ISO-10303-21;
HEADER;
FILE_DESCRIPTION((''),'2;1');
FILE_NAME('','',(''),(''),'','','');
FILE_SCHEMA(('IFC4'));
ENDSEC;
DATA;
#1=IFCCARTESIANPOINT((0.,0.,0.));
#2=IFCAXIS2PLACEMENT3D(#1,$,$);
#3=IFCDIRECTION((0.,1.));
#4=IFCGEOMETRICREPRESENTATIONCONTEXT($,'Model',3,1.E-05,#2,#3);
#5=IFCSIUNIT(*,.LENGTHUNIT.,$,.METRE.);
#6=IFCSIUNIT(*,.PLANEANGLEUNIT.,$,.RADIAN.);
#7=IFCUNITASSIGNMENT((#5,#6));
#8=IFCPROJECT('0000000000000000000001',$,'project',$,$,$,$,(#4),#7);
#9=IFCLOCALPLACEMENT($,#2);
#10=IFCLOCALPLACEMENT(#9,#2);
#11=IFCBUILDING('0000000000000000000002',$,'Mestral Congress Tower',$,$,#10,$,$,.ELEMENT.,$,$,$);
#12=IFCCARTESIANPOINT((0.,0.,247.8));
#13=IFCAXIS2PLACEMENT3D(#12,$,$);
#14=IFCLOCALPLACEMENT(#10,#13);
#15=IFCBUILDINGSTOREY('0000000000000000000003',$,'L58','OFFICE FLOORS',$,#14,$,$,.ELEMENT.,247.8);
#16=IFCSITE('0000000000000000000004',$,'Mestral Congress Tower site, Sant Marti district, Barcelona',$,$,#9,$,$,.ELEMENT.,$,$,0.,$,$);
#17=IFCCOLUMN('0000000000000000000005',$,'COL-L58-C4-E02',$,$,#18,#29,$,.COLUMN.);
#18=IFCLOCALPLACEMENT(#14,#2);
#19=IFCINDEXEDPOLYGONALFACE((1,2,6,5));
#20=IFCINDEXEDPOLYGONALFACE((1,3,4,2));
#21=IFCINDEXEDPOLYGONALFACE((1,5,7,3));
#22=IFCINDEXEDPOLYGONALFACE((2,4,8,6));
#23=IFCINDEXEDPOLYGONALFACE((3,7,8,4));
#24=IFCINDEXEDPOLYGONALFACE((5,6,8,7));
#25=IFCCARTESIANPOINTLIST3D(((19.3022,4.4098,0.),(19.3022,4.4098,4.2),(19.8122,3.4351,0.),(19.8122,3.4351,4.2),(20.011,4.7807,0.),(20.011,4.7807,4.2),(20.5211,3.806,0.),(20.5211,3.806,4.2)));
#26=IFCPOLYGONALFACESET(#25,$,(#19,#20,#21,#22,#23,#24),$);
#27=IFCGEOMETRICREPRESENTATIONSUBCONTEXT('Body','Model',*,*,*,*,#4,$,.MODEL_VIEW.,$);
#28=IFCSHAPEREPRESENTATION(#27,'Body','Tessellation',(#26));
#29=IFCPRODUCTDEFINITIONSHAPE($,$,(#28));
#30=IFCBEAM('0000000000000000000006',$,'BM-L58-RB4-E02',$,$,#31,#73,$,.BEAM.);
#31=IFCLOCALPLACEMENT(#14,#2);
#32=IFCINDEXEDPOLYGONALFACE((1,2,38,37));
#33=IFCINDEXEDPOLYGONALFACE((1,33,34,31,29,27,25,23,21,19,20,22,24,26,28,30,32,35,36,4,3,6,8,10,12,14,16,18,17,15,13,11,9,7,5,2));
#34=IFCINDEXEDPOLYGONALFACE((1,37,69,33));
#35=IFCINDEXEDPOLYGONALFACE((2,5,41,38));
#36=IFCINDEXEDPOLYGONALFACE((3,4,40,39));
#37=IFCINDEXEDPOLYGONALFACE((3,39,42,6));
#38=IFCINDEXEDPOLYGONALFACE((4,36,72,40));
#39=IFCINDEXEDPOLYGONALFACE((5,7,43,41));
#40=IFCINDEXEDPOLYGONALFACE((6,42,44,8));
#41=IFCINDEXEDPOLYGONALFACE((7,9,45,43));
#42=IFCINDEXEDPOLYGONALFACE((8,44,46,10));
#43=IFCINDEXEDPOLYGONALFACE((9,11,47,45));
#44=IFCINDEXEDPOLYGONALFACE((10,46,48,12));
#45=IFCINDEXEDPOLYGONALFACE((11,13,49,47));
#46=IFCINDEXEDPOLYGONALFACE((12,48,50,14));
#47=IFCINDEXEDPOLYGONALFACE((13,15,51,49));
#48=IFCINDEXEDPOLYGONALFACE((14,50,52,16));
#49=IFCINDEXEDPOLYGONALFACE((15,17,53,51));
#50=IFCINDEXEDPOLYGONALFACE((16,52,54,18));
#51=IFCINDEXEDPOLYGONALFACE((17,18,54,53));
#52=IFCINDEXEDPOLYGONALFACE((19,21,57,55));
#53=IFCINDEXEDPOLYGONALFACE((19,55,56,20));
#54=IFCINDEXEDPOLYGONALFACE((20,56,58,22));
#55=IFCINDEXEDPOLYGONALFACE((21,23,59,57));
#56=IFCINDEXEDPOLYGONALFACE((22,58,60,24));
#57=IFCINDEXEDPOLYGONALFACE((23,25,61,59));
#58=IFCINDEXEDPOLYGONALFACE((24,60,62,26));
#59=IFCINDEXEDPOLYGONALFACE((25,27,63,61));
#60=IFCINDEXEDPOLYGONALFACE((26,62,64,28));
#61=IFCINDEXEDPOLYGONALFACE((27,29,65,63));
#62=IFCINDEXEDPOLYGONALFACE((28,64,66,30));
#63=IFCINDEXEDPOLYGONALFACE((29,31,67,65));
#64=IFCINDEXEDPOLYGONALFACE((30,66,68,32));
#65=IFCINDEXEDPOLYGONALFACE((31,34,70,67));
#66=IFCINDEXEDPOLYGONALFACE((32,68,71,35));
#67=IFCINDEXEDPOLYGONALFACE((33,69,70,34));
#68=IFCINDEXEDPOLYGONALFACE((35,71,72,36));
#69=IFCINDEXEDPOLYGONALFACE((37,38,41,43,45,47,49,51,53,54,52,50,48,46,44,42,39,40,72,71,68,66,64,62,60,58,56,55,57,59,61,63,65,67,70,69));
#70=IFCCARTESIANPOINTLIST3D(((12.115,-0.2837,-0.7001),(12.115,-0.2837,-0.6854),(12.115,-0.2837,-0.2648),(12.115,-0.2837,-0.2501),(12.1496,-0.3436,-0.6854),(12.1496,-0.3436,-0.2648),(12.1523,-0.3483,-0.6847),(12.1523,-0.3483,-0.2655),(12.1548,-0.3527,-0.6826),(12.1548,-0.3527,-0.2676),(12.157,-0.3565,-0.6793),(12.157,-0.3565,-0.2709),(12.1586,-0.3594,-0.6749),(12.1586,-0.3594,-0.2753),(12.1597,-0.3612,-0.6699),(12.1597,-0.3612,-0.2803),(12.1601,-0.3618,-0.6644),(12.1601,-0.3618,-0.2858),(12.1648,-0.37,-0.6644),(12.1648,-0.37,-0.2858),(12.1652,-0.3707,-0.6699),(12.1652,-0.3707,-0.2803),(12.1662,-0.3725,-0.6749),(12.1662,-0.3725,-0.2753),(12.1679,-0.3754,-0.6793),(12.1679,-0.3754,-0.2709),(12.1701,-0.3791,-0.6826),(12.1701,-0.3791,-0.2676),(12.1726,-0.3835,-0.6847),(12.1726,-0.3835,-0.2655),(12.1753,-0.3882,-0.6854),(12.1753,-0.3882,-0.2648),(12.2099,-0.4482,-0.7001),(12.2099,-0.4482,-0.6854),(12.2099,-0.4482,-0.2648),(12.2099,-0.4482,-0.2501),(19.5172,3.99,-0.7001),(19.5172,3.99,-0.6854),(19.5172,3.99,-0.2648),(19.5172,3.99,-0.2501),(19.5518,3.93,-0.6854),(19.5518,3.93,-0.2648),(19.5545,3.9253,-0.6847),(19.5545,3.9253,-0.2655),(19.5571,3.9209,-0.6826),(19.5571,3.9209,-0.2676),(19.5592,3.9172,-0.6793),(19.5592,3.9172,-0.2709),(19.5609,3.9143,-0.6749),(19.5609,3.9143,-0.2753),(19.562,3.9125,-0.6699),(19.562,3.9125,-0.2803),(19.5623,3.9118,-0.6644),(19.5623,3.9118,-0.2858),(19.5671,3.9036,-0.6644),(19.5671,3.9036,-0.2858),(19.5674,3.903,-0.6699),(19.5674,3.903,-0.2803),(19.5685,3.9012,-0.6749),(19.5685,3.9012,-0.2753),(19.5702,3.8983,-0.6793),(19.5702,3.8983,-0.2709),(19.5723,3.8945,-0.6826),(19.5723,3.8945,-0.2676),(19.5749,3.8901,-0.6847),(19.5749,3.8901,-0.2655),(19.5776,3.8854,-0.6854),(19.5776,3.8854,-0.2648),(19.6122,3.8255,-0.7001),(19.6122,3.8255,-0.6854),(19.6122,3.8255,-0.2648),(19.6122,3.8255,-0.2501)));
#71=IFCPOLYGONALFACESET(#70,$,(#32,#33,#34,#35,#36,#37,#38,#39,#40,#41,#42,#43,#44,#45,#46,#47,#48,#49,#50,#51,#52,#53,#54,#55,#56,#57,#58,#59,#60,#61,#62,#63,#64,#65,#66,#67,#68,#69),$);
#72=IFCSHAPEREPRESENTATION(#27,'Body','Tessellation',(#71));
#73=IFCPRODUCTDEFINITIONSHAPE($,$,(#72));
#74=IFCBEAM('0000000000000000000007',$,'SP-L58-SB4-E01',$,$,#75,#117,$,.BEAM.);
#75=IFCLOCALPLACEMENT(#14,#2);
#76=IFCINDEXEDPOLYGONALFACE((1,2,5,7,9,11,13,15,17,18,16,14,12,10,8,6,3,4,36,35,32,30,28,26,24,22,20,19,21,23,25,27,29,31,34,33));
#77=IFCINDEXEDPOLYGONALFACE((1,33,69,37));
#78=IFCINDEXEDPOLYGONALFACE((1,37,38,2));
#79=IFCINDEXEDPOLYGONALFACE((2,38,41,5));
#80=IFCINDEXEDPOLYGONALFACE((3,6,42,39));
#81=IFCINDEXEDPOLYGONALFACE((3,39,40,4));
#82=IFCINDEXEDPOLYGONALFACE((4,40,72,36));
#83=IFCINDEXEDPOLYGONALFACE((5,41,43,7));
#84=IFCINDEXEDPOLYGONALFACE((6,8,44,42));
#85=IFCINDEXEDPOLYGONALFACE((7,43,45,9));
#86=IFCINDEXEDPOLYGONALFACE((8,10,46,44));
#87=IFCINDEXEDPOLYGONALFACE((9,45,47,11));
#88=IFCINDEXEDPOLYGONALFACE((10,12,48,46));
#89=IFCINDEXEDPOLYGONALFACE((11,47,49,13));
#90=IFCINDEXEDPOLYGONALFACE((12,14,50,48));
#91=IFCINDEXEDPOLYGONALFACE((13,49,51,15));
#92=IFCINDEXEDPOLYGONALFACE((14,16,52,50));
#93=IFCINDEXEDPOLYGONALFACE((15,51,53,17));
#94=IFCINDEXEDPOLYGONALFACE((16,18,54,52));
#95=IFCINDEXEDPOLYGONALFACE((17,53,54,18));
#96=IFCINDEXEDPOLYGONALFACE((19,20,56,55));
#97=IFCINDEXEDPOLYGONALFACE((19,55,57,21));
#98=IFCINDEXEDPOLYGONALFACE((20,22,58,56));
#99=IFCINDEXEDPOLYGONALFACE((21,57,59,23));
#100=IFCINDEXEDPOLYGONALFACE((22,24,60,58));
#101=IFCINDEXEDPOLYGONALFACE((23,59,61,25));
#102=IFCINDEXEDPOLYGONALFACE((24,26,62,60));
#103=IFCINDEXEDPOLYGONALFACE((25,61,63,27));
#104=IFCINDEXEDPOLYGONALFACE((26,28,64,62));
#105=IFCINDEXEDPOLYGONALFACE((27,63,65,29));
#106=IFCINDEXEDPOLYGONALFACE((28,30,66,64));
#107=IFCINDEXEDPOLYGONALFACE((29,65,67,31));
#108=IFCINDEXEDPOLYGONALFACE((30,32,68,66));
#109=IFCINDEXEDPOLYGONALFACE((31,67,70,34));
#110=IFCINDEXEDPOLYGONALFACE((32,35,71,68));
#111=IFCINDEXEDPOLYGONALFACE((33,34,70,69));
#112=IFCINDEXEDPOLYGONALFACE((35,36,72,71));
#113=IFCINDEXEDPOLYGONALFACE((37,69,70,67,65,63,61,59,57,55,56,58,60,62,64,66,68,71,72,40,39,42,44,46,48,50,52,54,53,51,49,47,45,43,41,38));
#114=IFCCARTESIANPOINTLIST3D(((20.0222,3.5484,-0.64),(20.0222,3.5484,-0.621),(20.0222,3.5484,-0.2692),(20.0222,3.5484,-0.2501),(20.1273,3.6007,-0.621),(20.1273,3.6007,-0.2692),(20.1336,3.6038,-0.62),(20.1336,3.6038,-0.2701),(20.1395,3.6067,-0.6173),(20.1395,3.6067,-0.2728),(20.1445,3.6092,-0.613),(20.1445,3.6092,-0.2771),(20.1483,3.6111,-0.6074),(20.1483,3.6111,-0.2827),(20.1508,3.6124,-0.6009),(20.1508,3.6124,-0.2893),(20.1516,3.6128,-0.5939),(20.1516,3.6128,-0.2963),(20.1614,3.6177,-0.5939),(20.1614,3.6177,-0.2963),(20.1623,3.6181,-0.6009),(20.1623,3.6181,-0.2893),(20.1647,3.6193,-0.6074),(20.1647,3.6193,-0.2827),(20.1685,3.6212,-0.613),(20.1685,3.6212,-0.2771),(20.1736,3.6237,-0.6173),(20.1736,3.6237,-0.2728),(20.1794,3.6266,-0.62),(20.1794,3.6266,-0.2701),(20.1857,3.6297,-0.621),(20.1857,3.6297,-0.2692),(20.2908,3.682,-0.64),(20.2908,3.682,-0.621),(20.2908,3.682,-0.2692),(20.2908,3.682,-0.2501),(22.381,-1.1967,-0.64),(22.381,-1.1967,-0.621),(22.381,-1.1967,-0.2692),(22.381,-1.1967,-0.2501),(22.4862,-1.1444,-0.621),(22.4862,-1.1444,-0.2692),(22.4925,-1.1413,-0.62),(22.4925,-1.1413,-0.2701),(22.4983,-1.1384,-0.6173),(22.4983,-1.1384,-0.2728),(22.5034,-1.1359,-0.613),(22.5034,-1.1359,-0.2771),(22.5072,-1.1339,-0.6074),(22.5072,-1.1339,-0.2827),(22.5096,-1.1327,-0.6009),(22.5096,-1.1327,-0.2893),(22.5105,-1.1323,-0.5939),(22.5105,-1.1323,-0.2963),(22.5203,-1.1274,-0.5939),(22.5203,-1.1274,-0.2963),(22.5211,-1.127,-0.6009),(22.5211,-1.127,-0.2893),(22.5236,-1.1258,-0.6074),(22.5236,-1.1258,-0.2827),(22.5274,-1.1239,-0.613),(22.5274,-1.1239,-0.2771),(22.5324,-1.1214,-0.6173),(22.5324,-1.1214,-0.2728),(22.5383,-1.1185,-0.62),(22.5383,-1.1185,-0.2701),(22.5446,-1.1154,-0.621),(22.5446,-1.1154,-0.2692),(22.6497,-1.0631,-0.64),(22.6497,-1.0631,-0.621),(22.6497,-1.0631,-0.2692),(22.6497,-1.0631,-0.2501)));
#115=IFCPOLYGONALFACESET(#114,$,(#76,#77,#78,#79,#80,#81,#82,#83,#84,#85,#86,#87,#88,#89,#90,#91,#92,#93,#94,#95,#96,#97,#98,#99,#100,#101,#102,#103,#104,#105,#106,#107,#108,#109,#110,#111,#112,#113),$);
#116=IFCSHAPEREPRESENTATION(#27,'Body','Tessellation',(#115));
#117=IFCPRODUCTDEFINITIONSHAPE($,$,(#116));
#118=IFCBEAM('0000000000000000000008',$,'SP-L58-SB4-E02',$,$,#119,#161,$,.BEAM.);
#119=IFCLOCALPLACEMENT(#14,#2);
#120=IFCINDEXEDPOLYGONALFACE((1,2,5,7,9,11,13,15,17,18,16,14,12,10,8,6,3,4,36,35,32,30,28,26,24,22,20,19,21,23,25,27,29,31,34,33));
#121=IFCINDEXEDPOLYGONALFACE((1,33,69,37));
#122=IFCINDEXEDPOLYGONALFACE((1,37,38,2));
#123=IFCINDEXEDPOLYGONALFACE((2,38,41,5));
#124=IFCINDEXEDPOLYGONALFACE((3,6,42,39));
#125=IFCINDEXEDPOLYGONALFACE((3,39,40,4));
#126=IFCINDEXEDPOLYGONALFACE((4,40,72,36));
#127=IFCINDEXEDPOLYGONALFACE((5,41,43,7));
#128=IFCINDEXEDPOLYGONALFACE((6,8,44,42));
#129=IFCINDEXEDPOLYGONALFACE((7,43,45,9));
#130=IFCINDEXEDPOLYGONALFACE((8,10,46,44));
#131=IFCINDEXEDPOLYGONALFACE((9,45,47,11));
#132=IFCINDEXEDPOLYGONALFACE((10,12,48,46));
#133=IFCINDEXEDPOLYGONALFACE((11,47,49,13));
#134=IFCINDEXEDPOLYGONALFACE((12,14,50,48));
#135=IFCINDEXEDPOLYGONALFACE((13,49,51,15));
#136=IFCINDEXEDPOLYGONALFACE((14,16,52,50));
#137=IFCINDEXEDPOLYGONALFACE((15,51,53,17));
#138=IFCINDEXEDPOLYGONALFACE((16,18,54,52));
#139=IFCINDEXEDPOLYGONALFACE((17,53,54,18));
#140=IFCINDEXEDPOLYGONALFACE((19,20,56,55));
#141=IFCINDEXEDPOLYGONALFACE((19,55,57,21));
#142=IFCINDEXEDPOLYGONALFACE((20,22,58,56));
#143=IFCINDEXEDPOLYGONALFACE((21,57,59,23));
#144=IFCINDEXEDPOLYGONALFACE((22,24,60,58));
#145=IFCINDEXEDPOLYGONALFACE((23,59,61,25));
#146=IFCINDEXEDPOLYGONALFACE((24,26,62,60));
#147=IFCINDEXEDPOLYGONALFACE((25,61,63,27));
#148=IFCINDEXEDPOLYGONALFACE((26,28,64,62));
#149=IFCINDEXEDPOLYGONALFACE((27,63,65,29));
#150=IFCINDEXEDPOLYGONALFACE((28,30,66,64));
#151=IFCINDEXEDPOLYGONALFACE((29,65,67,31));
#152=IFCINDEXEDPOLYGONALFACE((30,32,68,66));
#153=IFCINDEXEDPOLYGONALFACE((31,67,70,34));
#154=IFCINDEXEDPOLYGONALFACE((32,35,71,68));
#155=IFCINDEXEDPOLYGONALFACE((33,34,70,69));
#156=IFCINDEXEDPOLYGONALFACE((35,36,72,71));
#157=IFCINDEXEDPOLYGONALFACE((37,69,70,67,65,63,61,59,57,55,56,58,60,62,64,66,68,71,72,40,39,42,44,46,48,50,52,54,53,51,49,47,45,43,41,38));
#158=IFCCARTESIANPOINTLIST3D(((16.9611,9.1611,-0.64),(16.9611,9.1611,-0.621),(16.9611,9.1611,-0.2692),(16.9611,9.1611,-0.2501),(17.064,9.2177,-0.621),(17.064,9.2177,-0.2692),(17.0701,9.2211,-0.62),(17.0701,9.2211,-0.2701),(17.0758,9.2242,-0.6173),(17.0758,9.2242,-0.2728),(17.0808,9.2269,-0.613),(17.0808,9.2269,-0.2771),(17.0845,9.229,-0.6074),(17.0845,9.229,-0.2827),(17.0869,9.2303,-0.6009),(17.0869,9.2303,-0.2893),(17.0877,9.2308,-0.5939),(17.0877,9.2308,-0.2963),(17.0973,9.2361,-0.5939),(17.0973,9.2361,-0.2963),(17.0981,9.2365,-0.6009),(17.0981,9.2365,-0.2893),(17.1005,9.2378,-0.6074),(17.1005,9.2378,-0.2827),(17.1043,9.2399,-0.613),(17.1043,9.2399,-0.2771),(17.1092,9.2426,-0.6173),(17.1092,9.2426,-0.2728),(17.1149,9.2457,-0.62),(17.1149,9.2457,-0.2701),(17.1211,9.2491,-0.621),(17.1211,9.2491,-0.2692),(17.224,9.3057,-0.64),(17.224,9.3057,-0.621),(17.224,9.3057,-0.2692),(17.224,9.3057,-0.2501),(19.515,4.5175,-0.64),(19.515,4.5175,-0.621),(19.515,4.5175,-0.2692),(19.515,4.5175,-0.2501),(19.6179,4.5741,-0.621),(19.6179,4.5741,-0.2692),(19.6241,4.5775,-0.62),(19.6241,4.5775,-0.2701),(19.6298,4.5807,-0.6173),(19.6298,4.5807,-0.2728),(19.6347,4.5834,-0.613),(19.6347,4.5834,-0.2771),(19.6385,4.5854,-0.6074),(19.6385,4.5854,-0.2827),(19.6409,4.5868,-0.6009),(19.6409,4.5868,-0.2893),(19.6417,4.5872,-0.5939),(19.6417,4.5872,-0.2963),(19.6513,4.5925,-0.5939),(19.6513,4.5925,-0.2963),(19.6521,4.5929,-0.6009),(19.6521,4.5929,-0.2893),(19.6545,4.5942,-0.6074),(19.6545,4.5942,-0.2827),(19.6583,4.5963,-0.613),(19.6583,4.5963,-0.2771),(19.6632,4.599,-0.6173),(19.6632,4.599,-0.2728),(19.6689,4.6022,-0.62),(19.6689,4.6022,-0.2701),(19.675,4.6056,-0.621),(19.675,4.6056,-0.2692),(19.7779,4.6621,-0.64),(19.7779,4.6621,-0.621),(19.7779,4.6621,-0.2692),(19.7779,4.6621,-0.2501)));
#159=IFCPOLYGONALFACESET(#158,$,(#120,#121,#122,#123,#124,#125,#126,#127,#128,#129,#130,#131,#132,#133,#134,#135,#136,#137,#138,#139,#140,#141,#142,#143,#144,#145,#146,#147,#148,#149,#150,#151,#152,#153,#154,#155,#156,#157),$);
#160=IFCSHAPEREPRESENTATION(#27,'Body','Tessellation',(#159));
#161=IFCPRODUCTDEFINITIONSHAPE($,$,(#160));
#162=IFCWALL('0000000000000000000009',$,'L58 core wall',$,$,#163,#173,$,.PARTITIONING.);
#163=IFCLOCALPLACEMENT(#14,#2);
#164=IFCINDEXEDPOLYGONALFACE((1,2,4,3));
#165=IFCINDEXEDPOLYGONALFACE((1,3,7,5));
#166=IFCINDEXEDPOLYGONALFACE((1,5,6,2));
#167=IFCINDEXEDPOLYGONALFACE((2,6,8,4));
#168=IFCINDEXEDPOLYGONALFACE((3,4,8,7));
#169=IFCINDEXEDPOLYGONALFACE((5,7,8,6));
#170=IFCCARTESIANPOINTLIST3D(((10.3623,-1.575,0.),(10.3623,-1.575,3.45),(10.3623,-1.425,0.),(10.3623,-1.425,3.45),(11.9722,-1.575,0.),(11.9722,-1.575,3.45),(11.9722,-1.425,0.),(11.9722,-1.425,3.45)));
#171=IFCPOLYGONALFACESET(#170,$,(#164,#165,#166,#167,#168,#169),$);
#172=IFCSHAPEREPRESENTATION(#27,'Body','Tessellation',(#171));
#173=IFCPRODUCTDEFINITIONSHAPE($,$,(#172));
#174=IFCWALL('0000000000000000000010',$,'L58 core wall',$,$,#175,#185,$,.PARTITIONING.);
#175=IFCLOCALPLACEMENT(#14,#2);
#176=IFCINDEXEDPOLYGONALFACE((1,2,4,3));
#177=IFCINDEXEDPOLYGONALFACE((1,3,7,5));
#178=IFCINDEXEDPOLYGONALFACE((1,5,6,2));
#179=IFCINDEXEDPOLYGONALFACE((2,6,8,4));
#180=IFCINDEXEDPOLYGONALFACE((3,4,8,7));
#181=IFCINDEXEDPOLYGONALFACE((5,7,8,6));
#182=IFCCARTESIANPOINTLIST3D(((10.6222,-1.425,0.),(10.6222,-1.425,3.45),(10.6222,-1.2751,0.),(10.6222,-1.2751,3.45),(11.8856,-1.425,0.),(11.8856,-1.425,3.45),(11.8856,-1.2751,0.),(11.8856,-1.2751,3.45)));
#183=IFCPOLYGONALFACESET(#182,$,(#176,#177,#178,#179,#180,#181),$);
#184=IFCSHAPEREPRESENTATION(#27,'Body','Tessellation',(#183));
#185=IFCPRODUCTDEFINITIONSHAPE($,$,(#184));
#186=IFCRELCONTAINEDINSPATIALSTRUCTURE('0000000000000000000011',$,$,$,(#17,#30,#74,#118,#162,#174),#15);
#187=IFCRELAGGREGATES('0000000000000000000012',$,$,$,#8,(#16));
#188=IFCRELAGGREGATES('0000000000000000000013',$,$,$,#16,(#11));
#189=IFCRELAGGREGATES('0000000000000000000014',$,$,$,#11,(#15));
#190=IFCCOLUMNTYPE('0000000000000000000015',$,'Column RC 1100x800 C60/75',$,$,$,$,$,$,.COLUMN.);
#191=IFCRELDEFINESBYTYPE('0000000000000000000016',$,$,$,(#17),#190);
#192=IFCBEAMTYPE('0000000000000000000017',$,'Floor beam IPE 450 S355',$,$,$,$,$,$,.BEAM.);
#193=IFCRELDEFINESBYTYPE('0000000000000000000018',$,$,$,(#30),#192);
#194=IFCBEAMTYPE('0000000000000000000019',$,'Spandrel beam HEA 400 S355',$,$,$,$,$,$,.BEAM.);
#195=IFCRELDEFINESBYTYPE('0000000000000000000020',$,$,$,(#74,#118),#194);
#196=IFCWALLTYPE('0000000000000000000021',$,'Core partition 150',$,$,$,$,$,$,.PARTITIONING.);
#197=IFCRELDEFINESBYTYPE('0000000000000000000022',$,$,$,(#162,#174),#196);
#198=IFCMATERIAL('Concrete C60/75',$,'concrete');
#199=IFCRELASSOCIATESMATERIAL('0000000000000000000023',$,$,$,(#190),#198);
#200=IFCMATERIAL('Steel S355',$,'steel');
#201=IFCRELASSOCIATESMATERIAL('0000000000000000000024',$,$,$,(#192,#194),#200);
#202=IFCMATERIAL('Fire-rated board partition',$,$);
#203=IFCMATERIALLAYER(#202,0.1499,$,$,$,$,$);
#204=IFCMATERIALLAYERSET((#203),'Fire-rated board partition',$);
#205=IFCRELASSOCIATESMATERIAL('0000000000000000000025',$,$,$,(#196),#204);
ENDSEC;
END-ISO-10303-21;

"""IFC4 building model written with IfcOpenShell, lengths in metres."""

from ifc_helpers import new_model, si_unit, direction, frame, frame_2d, origin, origin_2d, place, context, subcontext, project, spatial, rectangle, i_section, extrude, material, layer, layer_set, material_profile, profile_set, type_object, element, save


model = new_model("IFC4")

# Units and contexts
model_context = context("Model", 3, precision=1e-05, world=origin(), true_north=direction((0.0, 1.0)))
body_context = subcontext(model_context, "Body", "Model", "MODEL_VIEW")
ifc_project = project(units=[si_unit("LENGTHUNIT", "METRE"), si_unit("PLANEANGLEUNIT", "RADIAN")], contexts=[model_context])

# Site, building, storey
site_placement = place(None, origin())
site = spatial("IfcSite", under=ifc_project, at=site_placement, Name="Mestral Congress Tower site, Sant Marti district, Barcelona", CompositionType="ELEMENT", RefElevation=0.0)
building_placement = place(site_placement, origin())
building = spatial("IfcBuilding", under=site, at=building_placement, Name="Mestral Congress Tower", CompositionType="ELEMENT")
storey_placement = place(building_placement, frame((0.0, 0.0, 247.8)))
storey = spatial("IfcBuildingStorey", under=building, at=storey_placement, Name="L58", Description="OFFICE FLOORS", CompositionType="ELEMENT", Elevation=247.8)

# Column
ifc_material_1 = material(Name="Concrete C60/75", Category="concrete")
ifc_material_profile_1 = material_profile(ifc_material_1, rectangle(XDim=1.1001, YDim=0.8, at=origin_2d()), Name="RC 1100x800")
ifc_profile_set_1 = profile_set([ifc_material_profile_1], Name="Concrete C60/75")
column_type = type_object("IfcColumnType", Name="Column RC 1100x800 C60/75", PredefinedType="COLUMN", material=ifc_profile_set_1)
column_placement = place(storey_placement, frame((19.9116, 4.1079, 0.0), z_axis=(0.0, 0.0, 1.0), x_axis=(-0.463636, 0.886026, 0.0)))
element("IfcColumn", 1, at=column_placement, inside=storey, type_object=column_type, Name="COL-L58-C4-E02", PredefinedType="COLUMN", context=body_context, shape_type="SweptSolid", body=[
    extrude(rectangle(XDim=1.1001, YDim=0.8, at=origin_2d()), origin(), (0.0, 0.0, 1.0), 4.2),
])

# Beams
ifc_material_2 = material(Name="Steel S355", Category="steel")
ifc_material_profile_2 = material_profile(ifc_material_2, i_section(OverallWidth=0.1899, OverallDepth=0.45, WebThickness=0.0095, FlangeThickness=0.0146, FilletRadius=0.021, at=origin_2d()), Name="IPE 450")
ifc_profile_set_2 = profile_set([ifc_material_profile_2], Name="Steel S355")
beam_type_1 = type_object("IfcBeamType", Name="Floor beam IPE 450 S355", PredefinedType="BEAM", material=ifc_profile_set_2)
beam_1_placement = place(storey_placement, frame((19.5647, 3.9077, -0.4751), z_axis=(-0.866029, -0.499994, 0.0), x_axis=(0.499994, -0.866029, 0.0)))
element("IfcBeam", 2, at=beam_1_placement, inside=storey, type_object=beam_type_1, Name="BM-L58-RB4-E02", PredefinedType="BEAM", context=body_context, shape_type="SweptSolid", body=[
    extrude(i_section(OverallWidth=0.1899, OverallDepth=0.45, WebThickness=0.0095, FlangeThickness=0.0146, FilletRadius=0.021, at=origin_2d()), origin(), (0.0, 0.0, 1.0), 8.5474),
])
ifc_material_profile_3 = material_profile(ifc_material_2, i_section(OverallWidth=0.3, OverallDepth=0.3899, WebThickness=0.011, FlangeThickness=0.019, FilletRadius=0.0271, at=origin_2d()), Name="HEA 400")
ifc_profile_set_3 = profile_set([ifc_material_profile_3], Name="Steel S355")
beam_type_2 = type_object("IfcBeamType", Name="Spandrel beam HEA 400 S355", PredefinedType="BEAM", material=ifc_profile_set_3)
beam_2_placement = place(storey_placement, frame((22.5154, -1.1299, -0.4451), z_axis=(-0.445148, 0.895457, 0.0), x_axis=(-0.895457, -0.445148, 0.0)))
element("IfcBeam", 3, at=beam_2_placement, inside=storey, type_object=beam_type_2, Name="SP-L58-SB4-E01", PredefinedType="BEAM", context=body_context, shape_type="SweptSolid", body=[
    extrude(i_section(OverallWidth=0.3, OverallDepth=0.3899, WebThickness=0.011, FlangeThickness=0.019, FilletRadius=0.0271, at=origin_2d()), origin(), (0.0, 0.0, 1.0), 5.2991),
])
beam_3_placement = place(storey_placement, frame((19.6465, 4.5898, -0.4451), z_axis=(-0.481919, 0.876216, 0.0), x_axis=(-0.876216, -0.481919, 0.0)))
element("IfcBeam", 4, at=beam_3_placement, inside=storey, type_object=beam_type_2, Name="SP-L58-SB4-E02", PredefinedType="BEAM", context=body_context, shape_type="SweptSolid", body=[
    extrude(i_section(OverallWidth=0.3, OverallDepth=0.3899, WebThickness=0.011, FlangeThickness=0.019, FilletRadius=0.0271, at=origin_2d()), origin(), (0.0, 0.0, 1.0), 5.2996),
])

# Walls
ifc_material_3 = material(Name="Fire-rated board partition")
ifc_layer_1 = layer(ifc_material_3, 0.1499)
ifc_layer_set_1 = layer_set([ifc_layer_1], Name="Fire-rated board partition")
wall_type_1 = type_object("IfcWallType", Name="Core partition 150", PredefinedType="PARTITIONING", material=ifc_layer_set_1)
wall_1_placement = place(storey_placement, frame((10.3623, -1.5, 0.0), z_axis=(0.0, 0.0, 1.0), x_axis=(1.0, 0.0, 0.0)))
element("IfcWall", 5, at=wall_1_placement, inside=storey, type_object=wall_type_1, Name="L58 core wall", PredefinedType="PARTITIONING", context=body_context, shape_type="SweptSolid", body=[
    extrude(rectangle(XDim=1.6099, YDim=0.1499, at=frame_2d((0.8049, 0.0))), origin(), (0.0, 0.0, 1.0), 3.45),
])
wall_2_placement = place(storey_placement, frame((10.6221, -1.3501, 0.0), z_axis=(0.0, 0.0, 1.0), x_axis=(1.0, 0.0, 0.0)))
element("IfcWall", 6, at=wall_2_placement, inside=storey, type_object=wall_type_1, Name="L58 core wall", PredefinedType="PARTITIONING", context=body_context, shape_type="SweptSolid", body=[
    extrude(rectangle(XDim=1.2634, YDim=0.1499, at=frame_2d((0.6318, 0.0))), origin(), (0.0, 0.0, 1.0), 3.45),
])

save(model, "model.ifc")
